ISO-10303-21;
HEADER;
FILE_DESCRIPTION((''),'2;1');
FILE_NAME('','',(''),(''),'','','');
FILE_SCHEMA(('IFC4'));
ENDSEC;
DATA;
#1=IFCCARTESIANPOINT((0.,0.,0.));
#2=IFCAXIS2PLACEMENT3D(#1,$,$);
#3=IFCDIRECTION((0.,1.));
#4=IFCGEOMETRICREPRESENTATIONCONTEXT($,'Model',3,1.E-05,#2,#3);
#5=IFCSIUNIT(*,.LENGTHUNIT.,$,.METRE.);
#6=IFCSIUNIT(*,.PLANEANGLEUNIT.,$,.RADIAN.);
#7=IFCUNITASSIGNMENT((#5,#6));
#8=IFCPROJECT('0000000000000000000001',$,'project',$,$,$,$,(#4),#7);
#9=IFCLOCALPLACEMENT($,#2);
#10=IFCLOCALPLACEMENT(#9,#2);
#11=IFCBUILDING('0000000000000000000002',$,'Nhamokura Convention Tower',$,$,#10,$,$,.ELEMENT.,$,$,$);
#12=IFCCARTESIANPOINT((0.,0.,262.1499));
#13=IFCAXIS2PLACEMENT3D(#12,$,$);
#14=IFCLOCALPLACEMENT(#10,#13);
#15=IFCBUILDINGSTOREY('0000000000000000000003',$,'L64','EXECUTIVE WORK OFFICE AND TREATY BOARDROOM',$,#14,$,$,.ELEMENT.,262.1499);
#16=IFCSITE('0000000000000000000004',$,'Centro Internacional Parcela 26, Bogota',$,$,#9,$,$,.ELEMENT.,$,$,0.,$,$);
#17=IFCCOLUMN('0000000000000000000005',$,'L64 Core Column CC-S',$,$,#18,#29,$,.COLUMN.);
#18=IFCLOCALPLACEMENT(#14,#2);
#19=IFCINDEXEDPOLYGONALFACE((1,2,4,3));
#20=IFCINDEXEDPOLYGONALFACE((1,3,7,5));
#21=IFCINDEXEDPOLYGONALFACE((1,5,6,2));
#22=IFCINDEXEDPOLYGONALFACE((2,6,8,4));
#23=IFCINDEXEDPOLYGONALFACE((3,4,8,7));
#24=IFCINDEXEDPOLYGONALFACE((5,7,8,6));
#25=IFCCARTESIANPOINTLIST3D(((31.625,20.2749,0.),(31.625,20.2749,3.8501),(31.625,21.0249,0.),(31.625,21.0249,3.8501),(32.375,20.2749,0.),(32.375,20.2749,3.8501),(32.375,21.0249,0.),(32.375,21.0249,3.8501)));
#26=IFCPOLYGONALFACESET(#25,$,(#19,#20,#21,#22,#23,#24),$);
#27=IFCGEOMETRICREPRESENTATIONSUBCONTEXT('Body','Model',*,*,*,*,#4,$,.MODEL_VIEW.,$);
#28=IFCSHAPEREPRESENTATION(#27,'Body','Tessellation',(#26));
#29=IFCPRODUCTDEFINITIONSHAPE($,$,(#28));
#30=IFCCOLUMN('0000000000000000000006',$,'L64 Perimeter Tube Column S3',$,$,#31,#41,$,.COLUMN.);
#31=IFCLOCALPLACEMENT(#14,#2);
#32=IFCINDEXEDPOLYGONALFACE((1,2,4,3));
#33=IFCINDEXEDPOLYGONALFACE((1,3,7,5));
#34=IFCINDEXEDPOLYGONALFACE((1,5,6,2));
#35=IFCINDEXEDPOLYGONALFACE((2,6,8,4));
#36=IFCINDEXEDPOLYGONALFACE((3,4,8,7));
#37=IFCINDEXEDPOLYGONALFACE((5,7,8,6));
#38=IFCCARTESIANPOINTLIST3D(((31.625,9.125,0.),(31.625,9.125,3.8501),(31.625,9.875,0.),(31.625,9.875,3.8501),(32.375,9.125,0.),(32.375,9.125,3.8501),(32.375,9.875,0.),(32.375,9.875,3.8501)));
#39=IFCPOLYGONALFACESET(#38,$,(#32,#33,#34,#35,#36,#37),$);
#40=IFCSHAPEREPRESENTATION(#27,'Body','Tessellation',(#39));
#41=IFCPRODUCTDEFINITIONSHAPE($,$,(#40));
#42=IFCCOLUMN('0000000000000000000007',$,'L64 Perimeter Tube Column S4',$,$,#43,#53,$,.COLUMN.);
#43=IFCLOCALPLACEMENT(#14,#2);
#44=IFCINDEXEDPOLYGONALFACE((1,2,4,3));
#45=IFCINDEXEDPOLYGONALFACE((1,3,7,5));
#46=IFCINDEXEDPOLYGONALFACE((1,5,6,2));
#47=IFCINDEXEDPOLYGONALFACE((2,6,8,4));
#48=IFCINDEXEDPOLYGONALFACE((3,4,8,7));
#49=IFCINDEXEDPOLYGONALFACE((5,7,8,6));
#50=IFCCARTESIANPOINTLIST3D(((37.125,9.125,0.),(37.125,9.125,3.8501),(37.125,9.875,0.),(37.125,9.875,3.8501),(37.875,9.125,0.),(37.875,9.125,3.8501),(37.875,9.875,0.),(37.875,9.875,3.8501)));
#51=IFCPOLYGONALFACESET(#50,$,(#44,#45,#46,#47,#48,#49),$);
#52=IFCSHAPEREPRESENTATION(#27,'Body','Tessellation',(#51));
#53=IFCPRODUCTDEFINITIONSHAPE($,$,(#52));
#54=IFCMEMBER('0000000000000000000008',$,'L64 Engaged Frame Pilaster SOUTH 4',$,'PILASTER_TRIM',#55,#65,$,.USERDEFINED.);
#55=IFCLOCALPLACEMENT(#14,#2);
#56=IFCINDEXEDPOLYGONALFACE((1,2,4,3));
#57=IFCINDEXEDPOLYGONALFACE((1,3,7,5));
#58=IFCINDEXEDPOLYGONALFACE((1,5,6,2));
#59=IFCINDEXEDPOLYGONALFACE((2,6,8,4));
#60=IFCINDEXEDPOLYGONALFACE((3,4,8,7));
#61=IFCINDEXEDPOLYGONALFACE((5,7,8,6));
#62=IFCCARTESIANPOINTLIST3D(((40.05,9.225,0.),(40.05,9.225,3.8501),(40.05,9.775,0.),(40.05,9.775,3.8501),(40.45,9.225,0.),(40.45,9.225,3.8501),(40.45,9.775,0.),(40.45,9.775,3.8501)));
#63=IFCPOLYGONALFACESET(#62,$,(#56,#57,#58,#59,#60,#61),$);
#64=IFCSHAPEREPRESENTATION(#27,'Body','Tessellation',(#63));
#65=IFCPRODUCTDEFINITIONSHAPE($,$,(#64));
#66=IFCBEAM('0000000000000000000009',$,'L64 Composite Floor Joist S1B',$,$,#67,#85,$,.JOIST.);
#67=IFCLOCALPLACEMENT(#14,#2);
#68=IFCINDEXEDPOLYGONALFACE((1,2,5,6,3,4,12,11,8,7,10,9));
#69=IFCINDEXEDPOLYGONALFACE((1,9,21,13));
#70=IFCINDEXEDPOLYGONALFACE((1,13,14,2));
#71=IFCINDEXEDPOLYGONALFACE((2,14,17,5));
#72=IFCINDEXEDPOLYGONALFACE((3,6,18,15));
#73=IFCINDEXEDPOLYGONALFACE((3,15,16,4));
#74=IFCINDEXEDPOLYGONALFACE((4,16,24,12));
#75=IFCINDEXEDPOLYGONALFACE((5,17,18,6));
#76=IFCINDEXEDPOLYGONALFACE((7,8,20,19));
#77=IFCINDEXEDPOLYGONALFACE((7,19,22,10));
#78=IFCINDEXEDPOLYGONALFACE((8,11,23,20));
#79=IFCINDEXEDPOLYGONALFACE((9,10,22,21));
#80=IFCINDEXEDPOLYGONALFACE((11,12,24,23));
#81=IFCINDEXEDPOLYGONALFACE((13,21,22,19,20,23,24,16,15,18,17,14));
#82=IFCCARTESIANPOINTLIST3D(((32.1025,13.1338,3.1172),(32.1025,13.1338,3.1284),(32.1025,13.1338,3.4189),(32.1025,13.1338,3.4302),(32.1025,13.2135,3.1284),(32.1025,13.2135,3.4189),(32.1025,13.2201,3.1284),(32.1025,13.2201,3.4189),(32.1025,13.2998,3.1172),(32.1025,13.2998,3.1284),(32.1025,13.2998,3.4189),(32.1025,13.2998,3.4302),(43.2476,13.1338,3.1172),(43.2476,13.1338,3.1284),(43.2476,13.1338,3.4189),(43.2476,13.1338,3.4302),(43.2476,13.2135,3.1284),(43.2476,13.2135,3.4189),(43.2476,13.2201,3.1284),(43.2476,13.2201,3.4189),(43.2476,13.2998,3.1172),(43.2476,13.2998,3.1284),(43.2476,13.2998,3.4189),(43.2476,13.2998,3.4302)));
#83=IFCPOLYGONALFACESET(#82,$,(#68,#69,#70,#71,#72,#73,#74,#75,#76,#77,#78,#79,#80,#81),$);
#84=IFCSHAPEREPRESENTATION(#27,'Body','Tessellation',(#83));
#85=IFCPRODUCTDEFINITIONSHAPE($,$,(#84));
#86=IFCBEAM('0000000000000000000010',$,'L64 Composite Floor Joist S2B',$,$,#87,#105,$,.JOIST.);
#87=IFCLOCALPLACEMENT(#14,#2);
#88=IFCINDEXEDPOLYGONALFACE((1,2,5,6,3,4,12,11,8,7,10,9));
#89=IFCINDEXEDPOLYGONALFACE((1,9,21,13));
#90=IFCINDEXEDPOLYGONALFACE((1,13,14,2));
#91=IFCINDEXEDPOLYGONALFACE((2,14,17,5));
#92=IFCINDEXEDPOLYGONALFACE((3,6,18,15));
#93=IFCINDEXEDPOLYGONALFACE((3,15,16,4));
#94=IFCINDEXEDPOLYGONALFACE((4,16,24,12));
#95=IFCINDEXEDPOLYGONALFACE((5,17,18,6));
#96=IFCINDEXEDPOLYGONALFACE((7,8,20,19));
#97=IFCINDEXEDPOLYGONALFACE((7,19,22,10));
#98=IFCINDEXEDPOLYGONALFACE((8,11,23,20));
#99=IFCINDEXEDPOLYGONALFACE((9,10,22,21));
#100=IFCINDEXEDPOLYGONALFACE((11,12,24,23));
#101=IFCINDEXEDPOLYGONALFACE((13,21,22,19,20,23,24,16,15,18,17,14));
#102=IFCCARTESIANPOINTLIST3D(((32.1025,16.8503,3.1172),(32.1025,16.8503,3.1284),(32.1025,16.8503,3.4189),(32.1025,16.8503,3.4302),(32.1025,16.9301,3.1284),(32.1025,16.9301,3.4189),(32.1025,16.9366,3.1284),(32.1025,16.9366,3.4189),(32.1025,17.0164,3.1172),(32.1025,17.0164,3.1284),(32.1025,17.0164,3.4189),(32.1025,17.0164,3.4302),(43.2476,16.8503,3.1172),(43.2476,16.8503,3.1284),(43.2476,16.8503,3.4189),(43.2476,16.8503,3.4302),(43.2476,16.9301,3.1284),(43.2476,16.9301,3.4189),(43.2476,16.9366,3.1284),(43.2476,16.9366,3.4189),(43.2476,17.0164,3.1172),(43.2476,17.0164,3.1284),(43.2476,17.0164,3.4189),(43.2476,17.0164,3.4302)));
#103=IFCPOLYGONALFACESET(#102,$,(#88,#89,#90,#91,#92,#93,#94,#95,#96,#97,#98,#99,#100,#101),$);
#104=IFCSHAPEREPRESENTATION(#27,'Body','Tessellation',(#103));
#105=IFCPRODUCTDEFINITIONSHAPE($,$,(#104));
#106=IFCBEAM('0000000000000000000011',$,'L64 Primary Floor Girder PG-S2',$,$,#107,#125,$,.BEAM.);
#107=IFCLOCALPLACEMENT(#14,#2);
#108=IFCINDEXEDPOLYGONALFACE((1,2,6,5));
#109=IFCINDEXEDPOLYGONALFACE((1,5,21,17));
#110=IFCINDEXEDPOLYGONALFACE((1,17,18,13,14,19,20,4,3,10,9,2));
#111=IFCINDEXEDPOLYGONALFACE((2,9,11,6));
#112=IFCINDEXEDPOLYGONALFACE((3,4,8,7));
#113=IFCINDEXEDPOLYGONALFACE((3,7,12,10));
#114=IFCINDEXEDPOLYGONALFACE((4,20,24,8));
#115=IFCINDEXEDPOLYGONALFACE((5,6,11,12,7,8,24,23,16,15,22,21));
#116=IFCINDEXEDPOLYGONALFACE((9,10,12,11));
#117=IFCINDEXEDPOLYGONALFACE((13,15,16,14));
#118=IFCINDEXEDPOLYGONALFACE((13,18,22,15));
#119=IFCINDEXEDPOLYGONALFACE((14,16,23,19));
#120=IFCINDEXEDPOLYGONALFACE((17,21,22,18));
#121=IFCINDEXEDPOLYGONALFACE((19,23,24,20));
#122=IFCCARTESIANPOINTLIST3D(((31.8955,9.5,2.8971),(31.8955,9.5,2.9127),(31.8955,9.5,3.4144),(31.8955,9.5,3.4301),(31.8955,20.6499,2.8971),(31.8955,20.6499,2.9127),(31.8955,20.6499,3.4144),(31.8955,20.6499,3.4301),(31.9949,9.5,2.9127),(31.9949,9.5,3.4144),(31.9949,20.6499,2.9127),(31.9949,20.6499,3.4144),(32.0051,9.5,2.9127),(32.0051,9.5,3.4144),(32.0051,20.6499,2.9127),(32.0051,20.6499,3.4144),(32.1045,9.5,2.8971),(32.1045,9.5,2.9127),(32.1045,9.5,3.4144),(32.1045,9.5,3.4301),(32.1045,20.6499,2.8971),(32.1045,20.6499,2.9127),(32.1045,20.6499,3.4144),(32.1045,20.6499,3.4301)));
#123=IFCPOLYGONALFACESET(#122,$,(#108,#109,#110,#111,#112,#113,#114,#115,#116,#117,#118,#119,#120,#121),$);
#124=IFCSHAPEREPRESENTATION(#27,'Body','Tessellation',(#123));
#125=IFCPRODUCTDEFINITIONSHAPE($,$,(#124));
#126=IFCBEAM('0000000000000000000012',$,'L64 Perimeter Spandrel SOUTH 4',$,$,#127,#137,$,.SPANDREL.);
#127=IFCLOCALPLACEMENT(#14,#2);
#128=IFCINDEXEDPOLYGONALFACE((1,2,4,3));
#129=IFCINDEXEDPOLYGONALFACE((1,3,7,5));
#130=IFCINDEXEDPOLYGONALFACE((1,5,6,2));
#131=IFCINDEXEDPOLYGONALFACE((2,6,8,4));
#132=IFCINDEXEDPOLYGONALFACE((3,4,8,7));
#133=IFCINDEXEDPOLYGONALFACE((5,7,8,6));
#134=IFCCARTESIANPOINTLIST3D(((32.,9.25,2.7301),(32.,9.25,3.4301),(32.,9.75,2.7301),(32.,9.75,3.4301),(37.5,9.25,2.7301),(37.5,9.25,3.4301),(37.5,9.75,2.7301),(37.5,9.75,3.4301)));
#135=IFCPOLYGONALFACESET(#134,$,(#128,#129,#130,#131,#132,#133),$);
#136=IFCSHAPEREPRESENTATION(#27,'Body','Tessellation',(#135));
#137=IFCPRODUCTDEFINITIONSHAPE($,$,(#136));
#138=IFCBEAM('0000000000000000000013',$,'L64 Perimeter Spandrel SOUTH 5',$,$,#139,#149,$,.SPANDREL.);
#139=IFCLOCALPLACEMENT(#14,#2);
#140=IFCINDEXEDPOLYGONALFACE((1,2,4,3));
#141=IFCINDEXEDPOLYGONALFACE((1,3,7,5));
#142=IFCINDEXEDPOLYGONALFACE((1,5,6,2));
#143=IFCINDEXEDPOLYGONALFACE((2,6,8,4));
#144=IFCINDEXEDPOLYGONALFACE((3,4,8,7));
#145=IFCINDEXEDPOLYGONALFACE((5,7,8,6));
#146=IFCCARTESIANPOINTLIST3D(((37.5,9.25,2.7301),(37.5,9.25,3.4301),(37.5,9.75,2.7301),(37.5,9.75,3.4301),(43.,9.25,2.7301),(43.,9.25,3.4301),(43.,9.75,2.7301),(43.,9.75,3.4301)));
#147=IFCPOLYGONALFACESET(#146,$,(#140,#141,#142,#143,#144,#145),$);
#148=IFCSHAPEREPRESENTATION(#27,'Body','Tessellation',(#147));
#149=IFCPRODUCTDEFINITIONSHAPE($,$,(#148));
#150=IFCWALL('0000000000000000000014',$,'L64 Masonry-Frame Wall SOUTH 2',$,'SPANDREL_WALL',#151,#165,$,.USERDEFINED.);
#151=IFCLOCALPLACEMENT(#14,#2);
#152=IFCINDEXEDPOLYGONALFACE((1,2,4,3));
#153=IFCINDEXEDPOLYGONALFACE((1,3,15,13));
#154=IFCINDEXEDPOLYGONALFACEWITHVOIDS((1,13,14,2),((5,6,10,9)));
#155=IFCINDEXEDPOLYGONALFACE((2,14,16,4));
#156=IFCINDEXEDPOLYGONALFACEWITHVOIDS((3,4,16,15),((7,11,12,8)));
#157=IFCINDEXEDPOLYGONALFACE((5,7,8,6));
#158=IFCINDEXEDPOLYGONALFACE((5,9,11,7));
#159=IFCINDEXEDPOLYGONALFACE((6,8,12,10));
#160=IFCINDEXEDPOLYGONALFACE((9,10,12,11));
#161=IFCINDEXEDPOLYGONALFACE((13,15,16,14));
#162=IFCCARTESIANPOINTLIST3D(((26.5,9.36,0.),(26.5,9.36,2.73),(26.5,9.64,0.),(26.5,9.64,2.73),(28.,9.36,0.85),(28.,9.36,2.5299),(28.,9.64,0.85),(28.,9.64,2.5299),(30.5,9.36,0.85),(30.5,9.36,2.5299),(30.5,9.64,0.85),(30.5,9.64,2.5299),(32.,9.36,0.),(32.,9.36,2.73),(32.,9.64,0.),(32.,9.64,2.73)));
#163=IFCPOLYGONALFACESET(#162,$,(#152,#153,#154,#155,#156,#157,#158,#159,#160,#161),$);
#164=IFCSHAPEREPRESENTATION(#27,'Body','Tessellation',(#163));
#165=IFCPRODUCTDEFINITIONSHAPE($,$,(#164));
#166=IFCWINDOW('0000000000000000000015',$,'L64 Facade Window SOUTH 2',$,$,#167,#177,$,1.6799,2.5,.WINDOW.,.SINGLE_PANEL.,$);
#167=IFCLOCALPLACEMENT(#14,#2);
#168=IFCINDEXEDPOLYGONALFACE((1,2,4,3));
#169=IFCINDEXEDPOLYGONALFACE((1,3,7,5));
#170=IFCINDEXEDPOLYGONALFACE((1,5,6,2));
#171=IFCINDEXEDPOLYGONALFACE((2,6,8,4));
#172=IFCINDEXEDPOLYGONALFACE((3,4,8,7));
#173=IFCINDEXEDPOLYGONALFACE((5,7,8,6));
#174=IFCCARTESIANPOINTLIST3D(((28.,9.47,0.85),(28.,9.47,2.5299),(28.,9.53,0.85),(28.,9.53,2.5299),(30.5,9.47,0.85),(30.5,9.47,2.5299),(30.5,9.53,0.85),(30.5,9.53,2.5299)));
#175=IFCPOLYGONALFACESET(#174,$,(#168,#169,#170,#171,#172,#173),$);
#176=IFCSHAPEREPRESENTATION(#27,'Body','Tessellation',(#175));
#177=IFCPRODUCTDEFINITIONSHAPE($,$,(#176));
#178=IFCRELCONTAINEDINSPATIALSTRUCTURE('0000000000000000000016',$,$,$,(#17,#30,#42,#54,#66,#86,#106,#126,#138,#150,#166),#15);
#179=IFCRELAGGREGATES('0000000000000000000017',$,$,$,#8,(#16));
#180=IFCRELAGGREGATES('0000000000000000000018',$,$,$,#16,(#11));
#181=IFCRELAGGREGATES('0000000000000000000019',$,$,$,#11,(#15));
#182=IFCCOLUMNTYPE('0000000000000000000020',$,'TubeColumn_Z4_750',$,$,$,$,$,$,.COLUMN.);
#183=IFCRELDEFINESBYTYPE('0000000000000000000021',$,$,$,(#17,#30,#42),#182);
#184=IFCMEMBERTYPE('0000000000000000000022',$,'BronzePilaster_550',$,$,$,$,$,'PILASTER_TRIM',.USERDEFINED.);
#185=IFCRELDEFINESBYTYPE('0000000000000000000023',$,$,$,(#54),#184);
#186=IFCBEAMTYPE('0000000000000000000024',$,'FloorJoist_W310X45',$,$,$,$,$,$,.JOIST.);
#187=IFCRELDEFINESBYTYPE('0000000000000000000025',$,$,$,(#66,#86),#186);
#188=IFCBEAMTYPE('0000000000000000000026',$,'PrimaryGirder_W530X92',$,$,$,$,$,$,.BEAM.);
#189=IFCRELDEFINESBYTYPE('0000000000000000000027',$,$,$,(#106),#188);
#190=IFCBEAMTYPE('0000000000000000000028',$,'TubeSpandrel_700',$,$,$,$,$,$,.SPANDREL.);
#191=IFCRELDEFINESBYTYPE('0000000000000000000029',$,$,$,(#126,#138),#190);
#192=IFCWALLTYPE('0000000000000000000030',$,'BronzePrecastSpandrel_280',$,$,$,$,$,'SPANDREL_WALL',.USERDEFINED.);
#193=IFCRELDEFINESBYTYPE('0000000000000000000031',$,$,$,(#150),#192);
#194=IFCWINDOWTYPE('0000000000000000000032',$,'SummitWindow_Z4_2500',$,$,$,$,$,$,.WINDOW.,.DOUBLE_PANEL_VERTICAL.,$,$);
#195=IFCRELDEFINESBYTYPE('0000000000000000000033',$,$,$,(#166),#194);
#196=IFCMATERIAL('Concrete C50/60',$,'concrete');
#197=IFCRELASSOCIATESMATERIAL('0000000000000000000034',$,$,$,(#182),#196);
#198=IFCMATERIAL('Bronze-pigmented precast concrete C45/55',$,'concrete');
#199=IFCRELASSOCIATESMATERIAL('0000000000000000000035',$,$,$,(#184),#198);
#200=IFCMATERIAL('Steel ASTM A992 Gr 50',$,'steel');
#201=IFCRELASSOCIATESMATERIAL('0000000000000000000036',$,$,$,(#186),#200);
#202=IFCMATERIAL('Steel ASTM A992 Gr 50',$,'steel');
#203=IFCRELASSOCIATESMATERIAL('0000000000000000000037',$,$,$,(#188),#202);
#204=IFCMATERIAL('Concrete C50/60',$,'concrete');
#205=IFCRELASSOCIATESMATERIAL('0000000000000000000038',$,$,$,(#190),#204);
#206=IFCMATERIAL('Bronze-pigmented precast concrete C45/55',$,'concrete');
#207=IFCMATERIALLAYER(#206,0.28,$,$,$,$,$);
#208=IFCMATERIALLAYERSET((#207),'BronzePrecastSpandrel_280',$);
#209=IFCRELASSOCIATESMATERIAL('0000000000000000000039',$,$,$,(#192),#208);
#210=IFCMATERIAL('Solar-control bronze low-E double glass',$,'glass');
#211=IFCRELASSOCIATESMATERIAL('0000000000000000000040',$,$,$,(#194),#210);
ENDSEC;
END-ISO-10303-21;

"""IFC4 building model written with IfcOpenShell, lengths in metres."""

from ifc_helpers import new_model, si_unit, direction, frame, frame_2d, origin, origin_2d, place, context, subcontext, project, spatial, rectangle, i_section, extrude, material, layer, layer_set, material_profile, profile_set, type_object, element, fill, save


model = new_model("IFC4")

# Units and contexts
model_context = context("Model", 3, precision=1e-05, world=origin(), true_north=direction((0.0, 1.0)))
body_context = subcontext(model_context, "Body", "Model", "MODEL_VIEW")
ifc_project = project(units=[si_unit("LENGTHUNIT", "METRE"), si_unit("PLANEANGLEUNIT", "RADIAN")], contexts=[model_context])

# Site, building, storey
site_placement = place(None, origin())
site = spatial("IfcSite", under=ifc_project, at=site_placement, Name="Centro Internacional Parcela 26, Bogota", CompositionType="ELEMENT", RefElevation=0.0)
building_placement = place(site_placement, origin())
building = spatial("IfcBuilding", under=site, at=building_placement, Name="Nhamokura Convention Tower", CompositionType="ELEMENT")
storey_placement = place(building_placement, frame((0.0, 0.0, 262.1499)))
storey = spatial("IfcBuildingStorey", under=building, at=storey_placement, Name="L64", Description="EXECUTIVE WORK OFFICE AND TREATY BOARDROOM", CompositionType="ELEMENT", Elevation=262.1499)

# Columns
ifc_material_1 = material(Name="Concrete C50/60", Category="concrete")
ifc_material_profile_1 = material_profile(ifc_material_1, rectangle(XDim=0.75, YDim=0.75, at=origin_2d()))
ifc_profile_set_1 = profile_set([ifc_material_profile_1], Name="Concrete C50/60")
column_type = type_object("IfcColumnType", Name="TubeColumn_Z4_750", PredefinedType="COLUMN", material=ifc_profile_set_1)
for number, where, z_axis, x_axis, name in (
    (1, (32.0, 20.6499, 0.0), (0.0, 0.0, 1.0), (1.0, 0.0, 0.0), "L64 Core Column CC-S"),
    (2, (32.0, 9.5, 0.0), (0.0, 0.0, 1.0), (1.0, 0.0, 0.0), "L64 Perimeter Tube Column S3"),
    (3, (37.5, 9.5, 0.0), (0.0, 0.0, 1.0), (1.0, 0.0, 0.0), "L64 Perimeter Tube Column S4"),
):
    element("IfcColumn", number, at=place(storey_placement, frame(where, z_axis=z_axis, x_axis=x_axis)), inside=storey, type_object=column_type, Name=name, PredefinedType="COLUMN", context=body_context, shape_type="SweptSolid", body=[
        extrude(rectangle(XDim=0.75, YDim=0.75, at=origin_2d()), origin(), (0.0, 0.0, 1.0), 3.8501),
    ])

# Member
ifc_material_2 = material(Name="Bronze-pigmented precast concrete C45/55", Category="concrete")
ifc_material_profile_2 = material_profile(ifc_material_2, rectangle(XDim=0.3999, YDim=0.55, at=origin_2d()))
ifc_profile_set_2 = profile_set([ifc_material_profile_2], Name="Bronze-pigmented precast concrete C45/55")
member_type = type_object("IfcMemberType", Name="BronzePilaster_550", ElementType="PILASTER_TRIM", PredefinedType="USERDEFINED", material=ifc_profile_set_2)
member_placement = place(storey_placement, frame((40.25, 9.5, 0.0), z_axis=(0.0, 0.0, 1.0), x_axis=(1.0, 0.0, 0.0)))
element("IfcMember", 4, at=member_placement, inside=storey, type_object=member_type, Name="L64 Engaged Frame Pilaster SOUTH 4", ObjectType="PILASTER_TRIM", PredefinedType="USERDEFINED", context=body_context, shape_type="SweptSolid", body=[
    extrude(rectangle(XDim=0.3999, YDim=0.55, at=origin_2d()), origin(), (0.0, 0.0, 1.0), 3.8501),
])

# Beams
ifc_material_3 = material(Name="Steel ASTM A992 Gr 50", Category="steel")
ifc_material_profile_3 = material_profile(ifc_material_3, i_section(OverallWidth=0.166, OverallDepth=0.313, WebThickness=0.0066, FlangeThickness=0.0112, at=origin_2d()))
ifc_profile_set_3 = profile_set([ifc_material_profile_3], Name="Steel ASTM A992 Gr 50")
beam_type_1 = type_object("IfcBeamType", Name="FloorJoist_W310X45", PredefinedType="JOIST", material=ifc_profile_set_3)
for number, where, z_axis, x_axis, name in (
    (5, (32.1025, 13.2168, 3.2737), (1.0, 0.0, 0.0), (0.0, 1.0, 0.0), "L64 Composite Floor Joist S1B"),
    (6, (32.1025, 16.9333, 3.2737), (1.0, 0.0, 0.0), (0.0, 1.0, 0.0), "L64 Composite Floor Joist S2B"),
):
    element("IfcBeam", number, at=place(storey_placement, frame(where, z_axis=z_axis, x_axis=x_axis)), inside=storey, type_object=beam_type_1, Name=name, PredefinedType="JOIST", context=body_context, shape_type="SweptSolid", body=[
        extrude(i_section(OverallWidth=0.166, OverallDepth=0.313, WebThickness=0.0066, FlangeThickness=0.0112, at=origin_2d()), origin(), (0.0, 0.0, 1.0), 11.145),
    ])
ifc_material_4 = material(Name="Steel ASTM A992 Gr 50", Category="steel")
ifc_material_profile_4 = material_profile(ifc_material_4, i_section(OverallWidth=0.209, OverallDepth=0.533, WebThickness=0.0103, FlangeThickness=0.0156, at=origin_2d()))
ifc_profile_set_4 = profile_set([ifc_material_profile_4], Name="Steel ASTM A992 Gr 50")
beam_type_2 = type_object("IfcBeamType", Name="PrimaryGirder_W530X92", PredefinedType="BEAM", material=ifc_profile_set_4)
beam_placement = place(storey_placement, frame((32.0, 9.5, 3.1636), z_axis=(0.0, 1.0, 0.0), x_axis=(-1.0, 0.0, 0.0)))
element("IfcBeam", 7, at=beam_placement, inside=storey, type_object=beam_type_2, Name="L64 Primary Floor Girder PG-S2", PredefinedType="BEAM", context=body_context, shape_type="SweptSolid", body=[
    extrude(i_section(OverallWidth=0.209, OverallDepth=0.533, WebThickness=0.0103, FlangeThickness=0.0156, at=origin_2d()), origin(), (0.0, 0.0, 1.0), 11.1499),
])
ifc_material_5 = material(Name="Concrete C50/60", Category="concrete")
ifc_material_profile_5 = material_profile(ifc_material_5, rectangle(XDim=0.5, YDim=0.7, at=origin_2d()))
ifc_profile_set_5 = profile_set([ifc_material_profile_5], Name="Concrete C50/60")
beam_type_3 = type_object("IfcBeamType", Name="TubeSpandrel_700", PredefinedType="SPANDREL", material=ifc_profile_set_5)
for number, where, z_axis, x_axis, name in (
    (8, (32.0, 9.5, 3.0801), (1.0, 0.0, 0.0), (0.0, 1.0, 0.0), "L64 Perimeter Spandrel SOUTH 4"),
    (9, (37.5, 9.5, 3.0801), (1.0, 0.0, 0.0), (0.0, 1.0, 0.0), "L64 Perimeter Spandrel SOUTH 5"),
):
    element("IfcBeam", number, at=place(storey_placement, frame(where, z_axis=z_axis, x_axis=x_axis)), inside=storey, type_object=beam_type_3, Name=name, PredefinedType="SPANDREL", context=body_context, shape_type="SweptSolid", body=[
        extrude(rectangle(XDim=0.5, YDim=0.7, at=origin_2d()), origin(), (0.0, 0.0, 1.0), 5.5),
    ])

# Wall, opening, window
ifc_material_6 = material(Name="Bronze-pigmented precast concrete C45/55", Category="concrete")
ifc_layer_1 = layer(ifc_material_6, 0.28)
ifc_layer_set_1 = layer_set([ifc_layer_1], Name="BronzePrecastSpandrel_280")
wall_type_1 = type_object("IfcWallType", Name="BronzePrecastSpandrel_280", ElementType="SPANDREL_WALL", PredefinedType="USERDEFINED", material=ifc_layer_set_1)
wall_1_placement = place(storey_placement, frame((32.0, 9.5, 0.0), z_axis=(0.0, 0.0, 1.0), x_axis=(-1.0, 0.0, 0.0)))
wall_1 = element("IfcWall", 10, at=wall_1_placement, inside=storey, type_object=wall_type_1, Name="L64 Masonry-Frame Wall SOUTH 2", ObjectType="SPANDREL_WALL", PredefinedType="USERDEFINED", context=body_context, shape_type="SweptSolid", body=[
    extrude(rectangle(XDim=5.5, YDim=0.28, at=frame_2d((2.75, 0.0))), origin(), (0.0, 0.0, 1.0), 2.73),
])
opening_1_placement = place(wall_1_placement, frame((1.5, 0.0, 0.8501)))
opening_1 = element("IfcOpeningElement", 11, at=opening_1_placement, cuts=wall_1, PredefinedType="OPENING", context=body_context, shape_type="SweptSolid", body=[
    extrude(rectangle(XDim=2.5, YDim=1.6799, at=frame_2d((1.25, 0.8398))), frame((0.0, 0.1499, 0.0), z_axis=(0.0, -1.0, 0.0), x_axis=(1.0, 0.0, 0.0)), (0.0, 0.0, 1.0), 0.3),
])
ifc_material_7 = material(Name="Solar-control bronze low-E double glass", Category="glass")
window_type = type_object("IfcWindowType", Name="SummitWindow_Z4_2500", PartitioningType="DOUBLE_PANEL_VERTICAL", PredefinedType="WINDOW", material=ifc_material_7)
window_1_placement = place(opening_1_placement, origin())
window_1 = element("IfcWindow", 12, at=window_1_placement, inside=storey, type_object=window_type, Name="L64 Facade Window SOUTH 2", OverallHeight=1.6799, OverallWidth=2.5, PartitioningType="SINGLE_PANEL", PredefinedType="WINDOW", context=body_context, shape_type="SweptSolid", body=[
    extrude(rectangle(XDim=2.5, YDim=1.6799, at=frame_2d((1.25, 0.8398))), frame((0.0, 0.03, 0.0), z_axis=(0.0, -1.0, 0.0), x_axis=(1.0, 0.0, 0.0)), (0.0, 0.0, 1.0), 0.0601),
])
fill(opening_1, window_1)

save(model, "model.ifc")
